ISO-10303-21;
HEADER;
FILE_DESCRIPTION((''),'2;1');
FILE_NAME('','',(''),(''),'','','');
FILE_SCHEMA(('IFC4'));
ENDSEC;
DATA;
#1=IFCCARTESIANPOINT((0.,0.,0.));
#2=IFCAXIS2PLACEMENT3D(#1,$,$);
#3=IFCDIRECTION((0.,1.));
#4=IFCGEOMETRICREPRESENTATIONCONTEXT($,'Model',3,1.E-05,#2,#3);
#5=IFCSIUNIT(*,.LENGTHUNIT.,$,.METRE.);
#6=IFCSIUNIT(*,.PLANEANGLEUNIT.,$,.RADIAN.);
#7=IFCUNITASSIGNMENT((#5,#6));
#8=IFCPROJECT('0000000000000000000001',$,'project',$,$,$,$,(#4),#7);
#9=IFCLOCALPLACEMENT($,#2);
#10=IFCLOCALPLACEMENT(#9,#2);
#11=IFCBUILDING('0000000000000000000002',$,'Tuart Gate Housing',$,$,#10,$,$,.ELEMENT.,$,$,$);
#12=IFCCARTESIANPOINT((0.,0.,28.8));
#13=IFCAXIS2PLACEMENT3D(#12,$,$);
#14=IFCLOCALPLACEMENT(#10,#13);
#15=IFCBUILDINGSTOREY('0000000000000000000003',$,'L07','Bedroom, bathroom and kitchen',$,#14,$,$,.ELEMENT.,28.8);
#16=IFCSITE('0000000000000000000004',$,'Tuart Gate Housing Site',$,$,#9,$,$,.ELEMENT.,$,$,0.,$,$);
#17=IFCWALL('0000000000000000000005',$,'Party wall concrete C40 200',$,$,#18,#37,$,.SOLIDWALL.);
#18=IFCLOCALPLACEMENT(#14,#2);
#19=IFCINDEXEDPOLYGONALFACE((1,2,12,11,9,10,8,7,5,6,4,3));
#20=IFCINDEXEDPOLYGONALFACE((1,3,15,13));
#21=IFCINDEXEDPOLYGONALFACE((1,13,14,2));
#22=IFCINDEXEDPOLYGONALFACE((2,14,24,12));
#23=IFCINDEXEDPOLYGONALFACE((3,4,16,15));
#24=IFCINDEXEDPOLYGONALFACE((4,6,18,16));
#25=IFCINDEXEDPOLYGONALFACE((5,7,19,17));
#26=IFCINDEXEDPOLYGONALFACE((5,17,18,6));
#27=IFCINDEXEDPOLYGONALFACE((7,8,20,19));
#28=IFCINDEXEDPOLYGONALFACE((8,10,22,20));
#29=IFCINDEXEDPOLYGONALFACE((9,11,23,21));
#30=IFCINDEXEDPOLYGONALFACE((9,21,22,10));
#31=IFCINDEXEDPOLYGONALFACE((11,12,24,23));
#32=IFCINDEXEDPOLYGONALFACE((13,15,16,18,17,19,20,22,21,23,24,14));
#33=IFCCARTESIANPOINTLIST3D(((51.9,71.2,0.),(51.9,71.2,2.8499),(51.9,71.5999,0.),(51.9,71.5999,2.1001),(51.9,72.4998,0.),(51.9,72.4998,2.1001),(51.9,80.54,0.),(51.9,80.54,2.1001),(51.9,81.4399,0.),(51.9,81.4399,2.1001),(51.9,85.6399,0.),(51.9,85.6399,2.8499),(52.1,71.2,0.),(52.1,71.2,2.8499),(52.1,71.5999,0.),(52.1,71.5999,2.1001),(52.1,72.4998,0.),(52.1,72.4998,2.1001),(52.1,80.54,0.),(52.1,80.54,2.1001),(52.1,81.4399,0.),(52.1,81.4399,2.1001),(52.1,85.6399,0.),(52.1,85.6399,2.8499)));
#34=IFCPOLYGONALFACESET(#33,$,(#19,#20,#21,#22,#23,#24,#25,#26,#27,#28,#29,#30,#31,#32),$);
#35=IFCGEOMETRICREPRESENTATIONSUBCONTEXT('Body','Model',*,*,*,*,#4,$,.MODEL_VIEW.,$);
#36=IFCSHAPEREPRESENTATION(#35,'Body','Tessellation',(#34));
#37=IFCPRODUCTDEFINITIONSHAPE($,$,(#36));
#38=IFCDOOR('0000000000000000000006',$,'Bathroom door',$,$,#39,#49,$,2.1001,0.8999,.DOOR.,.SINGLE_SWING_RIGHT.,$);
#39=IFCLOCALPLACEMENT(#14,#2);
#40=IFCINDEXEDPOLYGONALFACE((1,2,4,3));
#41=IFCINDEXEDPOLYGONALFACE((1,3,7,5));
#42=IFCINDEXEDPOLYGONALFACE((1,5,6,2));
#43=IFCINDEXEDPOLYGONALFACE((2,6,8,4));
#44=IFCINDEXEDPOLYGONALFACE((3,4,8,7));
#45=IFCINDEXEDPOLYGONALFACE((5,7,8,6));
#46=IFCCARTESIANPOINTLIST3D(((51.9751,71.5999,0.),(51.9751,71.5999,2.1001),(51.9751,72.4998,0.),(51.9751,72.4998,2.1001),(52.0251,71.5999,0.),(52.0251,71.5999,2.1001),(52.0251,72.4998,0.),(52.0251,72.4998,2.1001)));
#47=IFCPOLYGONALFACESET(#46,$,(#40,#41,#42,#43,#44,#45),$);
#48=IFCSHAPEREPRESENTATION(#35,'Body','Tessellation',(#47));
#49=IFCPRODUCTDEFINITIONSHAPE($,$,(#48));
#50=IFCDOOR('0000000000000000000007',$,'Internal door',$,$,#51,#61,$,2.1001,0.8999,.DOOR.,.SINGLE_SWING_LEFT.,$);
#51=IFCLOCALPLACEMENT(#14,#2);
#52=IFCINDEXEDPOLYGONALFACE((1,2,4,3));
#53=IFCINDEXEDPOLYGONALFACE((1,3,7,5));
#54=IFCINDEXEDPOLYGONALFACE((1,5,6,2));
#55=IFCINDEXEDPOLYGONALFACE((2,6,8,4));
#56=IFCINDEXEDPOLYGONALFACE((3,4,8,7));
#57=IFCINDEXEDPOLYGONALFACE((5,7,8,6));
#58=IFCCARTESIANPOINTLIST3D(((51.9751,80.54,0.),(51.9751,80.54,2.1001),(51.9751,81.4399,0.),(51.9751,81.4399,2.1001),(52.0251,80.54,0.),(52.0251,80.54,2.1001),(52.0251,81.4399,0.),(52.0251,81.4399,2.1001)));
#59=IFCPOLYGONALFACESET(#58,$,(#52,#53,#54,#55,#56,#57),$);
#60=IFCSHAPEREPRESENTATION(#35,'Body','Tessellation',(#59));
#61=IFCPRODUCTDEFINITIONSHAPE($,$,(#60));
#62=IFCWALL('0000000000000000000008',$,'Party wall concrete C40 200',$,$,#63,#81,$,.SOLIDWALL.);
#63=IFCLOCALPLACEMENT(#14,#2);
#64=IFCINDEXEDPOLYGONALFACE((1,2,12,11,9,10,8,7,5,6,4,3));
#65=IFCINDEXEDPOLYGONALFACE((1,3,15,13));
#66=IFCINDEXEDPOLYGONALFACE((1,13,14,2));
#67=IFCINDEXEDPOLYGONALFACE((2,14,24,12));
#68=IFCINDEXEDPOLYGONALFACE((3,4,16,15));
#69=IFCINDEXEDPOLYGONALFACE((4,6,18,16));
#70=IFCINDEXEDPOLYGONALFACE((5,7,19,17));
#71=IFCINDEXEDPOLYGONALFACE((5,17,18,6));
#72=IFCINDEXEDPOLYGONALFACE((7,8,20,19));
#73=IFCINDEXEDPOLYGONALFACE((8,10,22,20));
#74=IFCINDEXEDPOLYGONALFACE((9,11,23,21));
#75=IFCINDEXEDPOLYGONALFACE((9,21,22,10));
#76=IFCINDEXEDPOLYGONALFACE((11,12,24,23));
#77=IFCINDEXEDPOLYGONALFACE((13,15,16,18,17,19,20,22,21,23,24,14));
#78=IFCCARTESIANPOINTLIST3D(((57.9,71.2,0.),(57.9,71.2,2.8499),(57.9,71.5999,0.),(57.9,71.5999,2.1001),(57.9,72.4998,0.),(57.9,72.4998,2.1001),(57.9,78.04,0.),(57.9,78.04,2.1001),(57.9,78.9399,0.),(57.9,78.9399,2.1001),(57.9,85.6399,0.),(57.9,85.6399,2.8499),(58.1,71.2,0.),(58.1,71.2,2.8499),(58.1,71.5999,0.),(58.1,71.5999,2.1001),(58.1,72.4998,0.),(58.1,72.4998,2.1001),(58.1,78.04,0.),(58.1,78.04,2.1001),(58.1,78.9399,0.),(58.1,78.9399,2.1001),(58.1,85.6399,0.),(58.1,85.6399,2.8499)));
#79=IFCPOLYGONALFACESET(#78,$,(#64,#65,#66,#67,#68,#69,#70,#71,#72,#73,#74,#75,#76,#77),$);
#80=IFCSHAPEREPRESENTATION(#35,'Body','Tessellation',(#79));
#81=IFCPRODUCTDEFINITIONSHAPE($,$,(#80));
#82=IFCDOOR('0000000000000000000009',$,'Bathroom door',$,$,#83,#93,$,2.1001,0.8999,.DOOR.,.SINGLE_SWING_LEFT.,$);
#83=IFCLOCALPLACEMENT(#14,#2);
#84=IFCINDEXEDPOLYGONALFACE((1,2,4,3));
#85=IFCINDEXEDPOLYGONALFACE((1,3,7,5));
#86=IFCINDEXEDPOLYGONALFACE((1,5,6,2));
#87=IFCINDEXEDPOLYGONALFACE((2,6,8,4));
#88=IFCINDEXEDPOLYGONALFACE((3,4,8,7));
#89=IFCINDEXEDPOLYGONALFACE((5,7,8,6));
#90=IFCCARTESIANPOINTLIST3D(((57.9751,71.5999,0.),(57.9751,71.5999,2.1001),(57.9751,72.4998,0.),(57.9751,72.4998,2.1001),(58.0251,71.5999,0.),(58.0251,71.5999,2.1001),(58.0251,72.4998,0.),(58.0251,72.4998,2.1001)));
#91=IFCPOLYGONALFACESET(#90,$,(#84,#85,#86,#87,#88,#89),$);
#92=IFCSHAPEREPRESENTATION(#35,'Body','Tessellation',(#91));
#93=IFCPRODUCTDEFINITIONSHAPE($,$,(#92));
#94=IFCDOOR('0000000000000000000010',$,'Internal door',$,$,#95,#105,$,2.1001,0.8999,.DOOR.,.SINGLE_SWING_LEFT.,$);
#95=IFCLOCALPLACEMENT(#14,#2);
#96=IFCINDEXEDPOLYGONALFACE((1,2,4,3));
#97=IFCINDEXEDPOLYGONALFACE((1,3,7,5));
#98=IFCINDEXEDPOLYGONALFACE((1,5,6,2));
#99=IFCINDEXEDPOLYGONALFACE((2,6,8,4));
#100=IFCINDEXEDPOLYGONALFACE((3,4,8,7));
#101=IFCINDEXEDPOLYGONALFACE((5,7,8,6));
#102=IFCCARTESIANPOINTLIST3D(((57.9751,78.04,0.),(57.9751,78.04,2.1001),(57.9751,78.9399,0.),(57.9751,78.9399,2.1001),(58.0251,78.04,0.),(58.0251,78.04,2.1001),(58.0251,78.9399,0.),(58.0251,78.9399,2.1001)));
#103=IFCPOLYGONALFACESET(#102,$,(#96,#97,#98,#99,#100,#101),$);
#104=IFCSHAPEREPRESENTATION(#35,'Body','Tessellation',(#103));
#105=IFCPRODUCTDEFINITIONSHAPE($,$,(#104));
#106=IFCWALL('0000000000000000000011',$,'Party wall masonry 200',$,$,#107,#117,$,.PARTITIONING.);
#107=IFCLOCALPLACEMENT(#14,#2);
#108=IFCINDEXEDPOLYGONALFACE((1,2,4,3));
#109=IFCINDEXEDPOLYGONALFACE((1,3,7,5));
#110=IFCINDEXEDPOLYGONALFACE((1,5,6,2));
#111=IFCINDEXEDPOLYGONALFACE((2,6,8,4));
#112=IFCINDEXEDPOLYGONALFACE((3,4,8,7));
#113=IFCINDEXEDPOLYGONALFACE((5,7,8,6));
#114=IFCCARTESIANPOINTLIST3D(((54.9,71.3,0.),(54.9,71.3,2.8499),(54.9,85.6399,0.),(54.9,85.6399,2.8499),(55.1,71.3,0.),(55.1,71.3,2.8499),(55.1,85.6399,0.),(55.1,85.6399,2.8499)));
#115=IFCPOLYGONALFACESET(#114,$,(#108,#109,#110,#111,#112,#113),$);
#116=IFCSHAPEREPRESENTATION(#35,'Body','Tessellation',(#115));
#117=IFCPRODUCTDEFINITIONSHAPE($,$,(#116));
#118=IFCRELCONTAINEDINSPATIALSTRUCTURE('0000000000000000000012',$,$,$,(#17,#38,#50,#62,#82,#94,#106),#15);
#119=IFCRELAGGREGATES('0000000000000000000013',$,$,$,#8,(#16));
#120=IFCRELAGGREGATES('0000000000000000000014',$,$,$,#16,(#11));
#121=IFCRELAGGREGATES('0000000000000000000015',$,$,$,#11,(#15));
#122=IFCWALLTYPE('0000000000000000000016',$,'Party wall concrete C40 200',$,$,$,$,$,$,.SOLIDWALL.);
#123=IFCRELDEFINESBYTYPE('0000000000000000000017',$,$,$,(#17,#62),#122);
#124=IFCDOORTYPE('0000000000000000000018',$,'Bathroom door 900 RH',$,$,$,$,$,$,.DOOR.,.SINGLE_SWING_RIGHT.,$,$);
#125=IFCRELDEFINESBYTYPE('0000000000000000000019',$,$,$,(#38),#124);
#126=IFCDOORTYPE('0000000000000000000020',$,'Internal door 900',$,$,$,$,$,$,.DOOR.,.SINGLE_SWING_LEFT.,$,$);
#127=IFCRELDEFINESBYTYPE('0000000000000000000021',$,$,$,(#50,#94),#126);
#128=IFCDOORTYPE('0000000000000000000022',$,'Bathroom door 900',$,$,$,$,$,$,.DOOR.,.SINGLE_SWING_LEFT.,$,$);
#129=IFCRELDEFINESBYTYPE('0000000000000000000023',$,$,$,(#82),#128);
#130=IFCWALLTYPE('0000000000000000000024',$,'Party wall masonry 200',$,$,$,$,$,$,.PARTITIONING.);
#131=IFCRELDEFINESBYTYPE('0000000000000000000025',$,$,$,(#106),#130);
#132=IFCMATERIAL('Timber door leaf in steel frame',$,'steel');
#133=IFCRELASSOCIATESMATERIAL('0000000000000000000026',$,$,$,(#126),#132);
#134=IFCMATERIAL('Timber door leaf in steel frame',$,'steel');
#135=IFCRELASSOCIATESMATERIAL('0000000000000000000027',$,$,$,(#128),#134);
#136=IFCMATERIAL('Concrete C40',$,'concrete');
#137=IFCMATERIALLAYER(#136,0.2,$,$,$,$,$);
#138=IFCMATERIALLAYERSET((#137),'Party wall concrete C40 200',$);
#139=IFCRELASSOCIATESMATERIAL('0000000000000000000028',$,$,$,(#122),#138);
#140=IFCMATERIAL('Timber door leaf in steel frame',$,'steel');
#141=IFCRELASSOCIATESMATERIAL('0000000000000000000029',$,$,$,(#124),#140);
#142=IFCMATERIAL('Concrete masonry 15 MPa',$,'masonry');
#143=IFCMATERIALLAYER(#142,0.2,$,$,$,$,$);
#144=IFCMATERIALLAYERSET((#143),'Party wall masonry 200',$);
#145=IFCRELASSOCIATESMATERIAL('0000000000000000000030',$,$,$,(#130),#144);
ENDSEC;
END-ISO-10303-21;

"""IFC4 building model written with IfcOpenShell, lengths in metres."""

from ifc_helpers import new_model, si_unit, direction, frame, frame_2d, origin, place, context, subcontext, project, spatial, rectangle, extrude, material, layer, layer_set, type_object, element, fill, save


model = new_model("IFC4")

# Units and contexts
model_context = context("Model", 3, precision=1e-05, world=origin(), true_north=direction((0.0, 1.0)))
body_context = subcontext(model_context, "Body", "Model", "MODEL_VIEW")
ifc_project = project(units=[si_unit("LENGTHUNIT", "METRE"), si_unit("PLANEANGLEUNIT", "RADIAN")], contexts=[model_context])

# Site, building, storey
site_placement = place(None, origin())
site = spatial("IfcSite", under=ifc_project, at=site_placement, Name="Tuart Gate Housing Site", CompositionType="ELEMENT", RefElevation=0.0)
building_placement = place(site_placement, origin())
building = spatial("IfcBuilding", under=site, at=building_placement, Name="Tuart Gate Housing", CompositionType="ELEMENT")
storey_placement = place(building_placement, frame((0.0, 0.0, 28.8)))
storey = spatial("IfcBuildingStorey", under=building, at=storey_placement, Name="L07", Description="Bedroom, bathroom and kitchen", CompositionType="ELEMENT", Elevation=28.8)

# Shared definitions
ifc_material_1 = material(Name="Timber door leaf in steel frame", Category="steel")
door_type_1 = type_object("IfcDoorType", Name="Internal door 900", OperationType="SINGLE_SWING_LEFT", PredefinedType="DOOR", material=ifc_material_1)

# Shared definitions
ifc_material_2 = material(Name="Timber door leaf in steel frame", Category="steel")
door_type_2 = type_object("IfcDoorType", Name="Bathroom door 900", OperationType="SINGLE_SWING_LEFT", PredefinedType="DOOR", material=ifc_material_2)

# Shared definitions
ifc_material_3 = material(Name="Concrete C40", Category="concrete")
ifc_layer_1 = layer(ifc_material_3, 0.2)
ifc_layer_set_1 = layer_set([ifc_layer_1], Name="Party wall concrete C40 200")
wall_type_1 = type_object("IfcWallType", Name="Party wall concrete C40 200", PredefinedType="SOLIDWALL", material=ifc_layer_set_1)

# Walls, openings, doors
wall_1_placement = place(storey_placement, frame((52.0, 71.2, 0.0), z_axis=(0.0, 0.0, 1.0), x_axis=(0.0, 1.0, 0.0)))
wall_1 = element("IfcWall", 1, at=wall_1_placement, inside=storey, type_object=wall_type_1, Name="Party wall concrete C40 200", PredefinedType="SOLIDWALL", context=body_context, shape_type="SweptSolid", body=[
    extrude(rectangle(XDim=14.4399, YDim=0.2, at=frame_2d((7.22, 0.0))), origin(), (0.0, 0.0, 1.0), 2.8499),
])
opening_1_placement = place(wall_1_placement, frame((9.3401, 0.0, 0.0)))
opening_1 = element("IfcOpeningElement", 2, at=opening_1_placement, cuts=wall_1, PredefinedType="OPENING", context=body_context, shape_type="SweptSolid", body=[
    extrude(rectangle(XDim=0.8999, YDim=2.1001, at=frame_2d((0.45, 1.05))), frame((0.0, 0.1099, 0.0), z_axis=(0.0, -1.0, 0.0), x_axis=(1.0, 0.0, 0.0)), (0.0, 0.0, 1.0), 0.22),
])
opening_2_placement = place(wall_1_placement, frame((0.3999, 0.0, 0.0)))
opening_2 = element("IfcOpeningElement", 3, at=opening_2_placement, cuts=wall_1, PredefinedType="OPENING", context=body_context, shape_type="SweptSolid", body=[
    extrude(rectangle(XDim=0.8999, YDim=2.1001, at=frame_2d((0.45, 1.05))), frame((0.0, 0.1099, 0.0), z_axis=(0.0, -1.0, 0.0), x_axis=(1.0, 0.0, 0.0)), (0.0, 0.0, 1.0), 0.22),
])
ifc_material_4 = material(Name="Timber door leaf in steel frame", Category="steel")
door_type_3 = type_object("IfcDoorType", Name="Bathroom door 900 RH", OperationType="SINGLE_SWING_RIGHT", PredefinedType="DOOR", material=ifc_material_4)
door_1_placement = place(opening_2_placement, frame((0.8999, 0.0, 0.0), z_axis=(0.0, 0.0, 1.0), x_axis=(-1.0, 0.0, 0.0)))
door_1 = element("IfcDoor", 4, at=door_1_placement, inside=storey, type_object=door_type_3, Name="Bathroom door", OperationType="SINGLE_SWING_RIGHT", OverallHeight=2.1001, OverallWidth=0.8999, PredefinedType="DOOR", context=body_context, shape_type="SweptSolid", body=[
    extrude(rectangle(XDim=0.8999, YDim=2.1001, at=frame_2d((0.45, 1.05))), frame((0.0, 0.0251, 0.0), z_axis=(0.0, -1.0, 0.0), x_axis=(1.0, 0.0, 0.0)), (0.0, 0.0, 1.0), 0.05),
])
fill(opening_2, door_1)
door_2_placement = place(opening_1_placement, frame((0.8999, 0.0, 0.0), z_axis=(0.0, 0.0, 1.0), x_axis=(-1.0, 0.0, 0.0)))
door_2 = element("IfcDoor", 5, at=door_2_placement, inside=storey, type_object=door_type_1, Name="Internal door", OperationType="SINGLE_SWING_LEFT", OverallHeight=2.1001, OverallWidth=0.8999, PredefinedType="DOOR", context=body_context, shape_type="SweptSolid", body=[
    extrude(rectangle(XDim=0.8999, YDim=2.1001, at=frame_2d((0.45, 1.05))), frame((0.0, 0.0251, 0.0), z_axis=(0.0, -1.0, 0.0), x_axis=(1.0, 0.0, 0.0)), (0.0, 0.0, 1.0), 0.05),
])
fill(opening_1, door_2)
wall_2_placement = place(storey_placement, frame((58.0, 71.2, 0.0), z_axis=(0.0, 0.0, 1.0), x_axis=(0.0, 1.0, 0.0)))
wall_2 = element("IfcWall", 6, at=wall_2_placement, inside=storey, type_object=wall_type_1, Name="Party wall concrete C40 200", PredefinedType="SOLIDWALL", context=body_context, shape_type="SweptSolid", body=[
    extrude(rectangle(XDim=14.4399, YDim=0.2, at=frame_2d((7.22, 0.0))), origin(), (0.0, 0.0, 1.0), 2.8499),
])
opening_3_placement = place(wall_2_placement, frame((6.8401, 0.0, 0.0)))
opening_3 = element("IfcOpeningElement", 7, at=opening_3_placement, cuts=wall_2, PredefinedType="OPENING", context=body_context, shape_type="SweptSolid", body=[
    extrude(rectangle(XDim=0.8999, YDim=2.1001, at=frame_2d((0.45, 1.05))), frame((0.0, 0.1099, 0.0), z_axis=(0.0, -1.0, 0.0), x_axis=(1.0, 0.0, 0.0)), (0.0, 0.0, 1.0), 0.22),
])
opening_4_placement = place(wall_2_placement, frame((0.3999, 0.0, 0.0)))
opening_4 = element("IfcOpeningElement", 8, at=opening_4_placement, cuts=wall_2, PredefinedType="OPENING", context=body_context, shape_type="SweptSolid", body=[
    extrude(rectangle(XDim=0.8999, YDim=2.1001, at=frame_2d((0.45, 1.05))), frame((0.0, 0.1099, 0.0), z_axis=(0.0, -1.0, 0.0), x_axis=(1.0, 0.0, 0.0)), (0.0, 0.0, 1.0), 0.22),
])
door_3_placement = place(opening_4_placement, origin())
door_3 = element("IfcDoor", 9, at=door_3_placement, inside=storey, type_object=door_type_2, Name="Bathroom door", OperationType="SINGLE_SWING_LEFT", OverallHeight=2.1001, OverallWidth=0.8999, PredefinedType="DOOR", context=body_context, shape_type="SweptSolid", body=[
    extrude(rectangle(XDim=0.8999, YDim=2.1001, at=frame_2d((0.45, 1.05))), frame((0.0, 0.0249, 0.0), z_axis=(0.0, -1.0, 0.0), x_axis=(1.0, 0.0, 0.0)), (0.0, 0.0, 1.0), 0.05),
])
fill(opening_4, door_3)
door_4_placement = place(opening_3_placement, origin())
door_4 = element("IfcDoor", 10, at=door_4_placement, inside=storey, type_object=door_type_1, Name="Internal door", OperationType="SINGLE_SWING_LEFT", OverallHeight=2.1001, OverallWidth=0.8999, PredefinedType="DOOR", context=body_context, shape_type="SweptSolid", body=[
    extrude(rectangle(XDim=0.8999, YDim=2.1001, at=frame_2d((0.45, 1.05))), frame((0.0, 0.0249, 0.0), z_axis=(0.0, -1.0, 0.0), x_axis=(1.0, 0.0, 0.0)), (0.0, 0.0, 1.0), 0.05),
])
fill(opening_3, door_4)

# Wall
ifc_material_5 = material(Name="Concrete masonry 15 MPa", Category="masonry")
ifc_layer_2 = layer(ifc_material_5, 0.2)
ifc_layer_set_2 = layer_set([ifc_layer_2], Name="Party wall masonry 200")
wall_type_2 = type_object("IfcWallType", Name="Party wall masonry 200", PredefinedType="PARTITIONING", material=ifc_layer_set_2)
wall_3_placement = place(storey_placement, frame((55.0, 71.3, 0.0), z_axis=(0.0, 0.0, 1.0), x_axis=(0.0, 1.0, 0.0)))
element("IfcWall", 11, at=wall_3_placement, inside=storey, type_object=wall_type_2, Name="Party wall masonry 200", PredefinedType="PARTITIONING", context=body_context, shape_type="SweptSolid", body=[
    extrude(rectangle(XDim=14.3398, YDim=0.2, at=frame_2d((7.1699, 0.0))), origin(), (0.0, 0.0, 1.0), 2.8499),
])

save(model, "model.ifc")
